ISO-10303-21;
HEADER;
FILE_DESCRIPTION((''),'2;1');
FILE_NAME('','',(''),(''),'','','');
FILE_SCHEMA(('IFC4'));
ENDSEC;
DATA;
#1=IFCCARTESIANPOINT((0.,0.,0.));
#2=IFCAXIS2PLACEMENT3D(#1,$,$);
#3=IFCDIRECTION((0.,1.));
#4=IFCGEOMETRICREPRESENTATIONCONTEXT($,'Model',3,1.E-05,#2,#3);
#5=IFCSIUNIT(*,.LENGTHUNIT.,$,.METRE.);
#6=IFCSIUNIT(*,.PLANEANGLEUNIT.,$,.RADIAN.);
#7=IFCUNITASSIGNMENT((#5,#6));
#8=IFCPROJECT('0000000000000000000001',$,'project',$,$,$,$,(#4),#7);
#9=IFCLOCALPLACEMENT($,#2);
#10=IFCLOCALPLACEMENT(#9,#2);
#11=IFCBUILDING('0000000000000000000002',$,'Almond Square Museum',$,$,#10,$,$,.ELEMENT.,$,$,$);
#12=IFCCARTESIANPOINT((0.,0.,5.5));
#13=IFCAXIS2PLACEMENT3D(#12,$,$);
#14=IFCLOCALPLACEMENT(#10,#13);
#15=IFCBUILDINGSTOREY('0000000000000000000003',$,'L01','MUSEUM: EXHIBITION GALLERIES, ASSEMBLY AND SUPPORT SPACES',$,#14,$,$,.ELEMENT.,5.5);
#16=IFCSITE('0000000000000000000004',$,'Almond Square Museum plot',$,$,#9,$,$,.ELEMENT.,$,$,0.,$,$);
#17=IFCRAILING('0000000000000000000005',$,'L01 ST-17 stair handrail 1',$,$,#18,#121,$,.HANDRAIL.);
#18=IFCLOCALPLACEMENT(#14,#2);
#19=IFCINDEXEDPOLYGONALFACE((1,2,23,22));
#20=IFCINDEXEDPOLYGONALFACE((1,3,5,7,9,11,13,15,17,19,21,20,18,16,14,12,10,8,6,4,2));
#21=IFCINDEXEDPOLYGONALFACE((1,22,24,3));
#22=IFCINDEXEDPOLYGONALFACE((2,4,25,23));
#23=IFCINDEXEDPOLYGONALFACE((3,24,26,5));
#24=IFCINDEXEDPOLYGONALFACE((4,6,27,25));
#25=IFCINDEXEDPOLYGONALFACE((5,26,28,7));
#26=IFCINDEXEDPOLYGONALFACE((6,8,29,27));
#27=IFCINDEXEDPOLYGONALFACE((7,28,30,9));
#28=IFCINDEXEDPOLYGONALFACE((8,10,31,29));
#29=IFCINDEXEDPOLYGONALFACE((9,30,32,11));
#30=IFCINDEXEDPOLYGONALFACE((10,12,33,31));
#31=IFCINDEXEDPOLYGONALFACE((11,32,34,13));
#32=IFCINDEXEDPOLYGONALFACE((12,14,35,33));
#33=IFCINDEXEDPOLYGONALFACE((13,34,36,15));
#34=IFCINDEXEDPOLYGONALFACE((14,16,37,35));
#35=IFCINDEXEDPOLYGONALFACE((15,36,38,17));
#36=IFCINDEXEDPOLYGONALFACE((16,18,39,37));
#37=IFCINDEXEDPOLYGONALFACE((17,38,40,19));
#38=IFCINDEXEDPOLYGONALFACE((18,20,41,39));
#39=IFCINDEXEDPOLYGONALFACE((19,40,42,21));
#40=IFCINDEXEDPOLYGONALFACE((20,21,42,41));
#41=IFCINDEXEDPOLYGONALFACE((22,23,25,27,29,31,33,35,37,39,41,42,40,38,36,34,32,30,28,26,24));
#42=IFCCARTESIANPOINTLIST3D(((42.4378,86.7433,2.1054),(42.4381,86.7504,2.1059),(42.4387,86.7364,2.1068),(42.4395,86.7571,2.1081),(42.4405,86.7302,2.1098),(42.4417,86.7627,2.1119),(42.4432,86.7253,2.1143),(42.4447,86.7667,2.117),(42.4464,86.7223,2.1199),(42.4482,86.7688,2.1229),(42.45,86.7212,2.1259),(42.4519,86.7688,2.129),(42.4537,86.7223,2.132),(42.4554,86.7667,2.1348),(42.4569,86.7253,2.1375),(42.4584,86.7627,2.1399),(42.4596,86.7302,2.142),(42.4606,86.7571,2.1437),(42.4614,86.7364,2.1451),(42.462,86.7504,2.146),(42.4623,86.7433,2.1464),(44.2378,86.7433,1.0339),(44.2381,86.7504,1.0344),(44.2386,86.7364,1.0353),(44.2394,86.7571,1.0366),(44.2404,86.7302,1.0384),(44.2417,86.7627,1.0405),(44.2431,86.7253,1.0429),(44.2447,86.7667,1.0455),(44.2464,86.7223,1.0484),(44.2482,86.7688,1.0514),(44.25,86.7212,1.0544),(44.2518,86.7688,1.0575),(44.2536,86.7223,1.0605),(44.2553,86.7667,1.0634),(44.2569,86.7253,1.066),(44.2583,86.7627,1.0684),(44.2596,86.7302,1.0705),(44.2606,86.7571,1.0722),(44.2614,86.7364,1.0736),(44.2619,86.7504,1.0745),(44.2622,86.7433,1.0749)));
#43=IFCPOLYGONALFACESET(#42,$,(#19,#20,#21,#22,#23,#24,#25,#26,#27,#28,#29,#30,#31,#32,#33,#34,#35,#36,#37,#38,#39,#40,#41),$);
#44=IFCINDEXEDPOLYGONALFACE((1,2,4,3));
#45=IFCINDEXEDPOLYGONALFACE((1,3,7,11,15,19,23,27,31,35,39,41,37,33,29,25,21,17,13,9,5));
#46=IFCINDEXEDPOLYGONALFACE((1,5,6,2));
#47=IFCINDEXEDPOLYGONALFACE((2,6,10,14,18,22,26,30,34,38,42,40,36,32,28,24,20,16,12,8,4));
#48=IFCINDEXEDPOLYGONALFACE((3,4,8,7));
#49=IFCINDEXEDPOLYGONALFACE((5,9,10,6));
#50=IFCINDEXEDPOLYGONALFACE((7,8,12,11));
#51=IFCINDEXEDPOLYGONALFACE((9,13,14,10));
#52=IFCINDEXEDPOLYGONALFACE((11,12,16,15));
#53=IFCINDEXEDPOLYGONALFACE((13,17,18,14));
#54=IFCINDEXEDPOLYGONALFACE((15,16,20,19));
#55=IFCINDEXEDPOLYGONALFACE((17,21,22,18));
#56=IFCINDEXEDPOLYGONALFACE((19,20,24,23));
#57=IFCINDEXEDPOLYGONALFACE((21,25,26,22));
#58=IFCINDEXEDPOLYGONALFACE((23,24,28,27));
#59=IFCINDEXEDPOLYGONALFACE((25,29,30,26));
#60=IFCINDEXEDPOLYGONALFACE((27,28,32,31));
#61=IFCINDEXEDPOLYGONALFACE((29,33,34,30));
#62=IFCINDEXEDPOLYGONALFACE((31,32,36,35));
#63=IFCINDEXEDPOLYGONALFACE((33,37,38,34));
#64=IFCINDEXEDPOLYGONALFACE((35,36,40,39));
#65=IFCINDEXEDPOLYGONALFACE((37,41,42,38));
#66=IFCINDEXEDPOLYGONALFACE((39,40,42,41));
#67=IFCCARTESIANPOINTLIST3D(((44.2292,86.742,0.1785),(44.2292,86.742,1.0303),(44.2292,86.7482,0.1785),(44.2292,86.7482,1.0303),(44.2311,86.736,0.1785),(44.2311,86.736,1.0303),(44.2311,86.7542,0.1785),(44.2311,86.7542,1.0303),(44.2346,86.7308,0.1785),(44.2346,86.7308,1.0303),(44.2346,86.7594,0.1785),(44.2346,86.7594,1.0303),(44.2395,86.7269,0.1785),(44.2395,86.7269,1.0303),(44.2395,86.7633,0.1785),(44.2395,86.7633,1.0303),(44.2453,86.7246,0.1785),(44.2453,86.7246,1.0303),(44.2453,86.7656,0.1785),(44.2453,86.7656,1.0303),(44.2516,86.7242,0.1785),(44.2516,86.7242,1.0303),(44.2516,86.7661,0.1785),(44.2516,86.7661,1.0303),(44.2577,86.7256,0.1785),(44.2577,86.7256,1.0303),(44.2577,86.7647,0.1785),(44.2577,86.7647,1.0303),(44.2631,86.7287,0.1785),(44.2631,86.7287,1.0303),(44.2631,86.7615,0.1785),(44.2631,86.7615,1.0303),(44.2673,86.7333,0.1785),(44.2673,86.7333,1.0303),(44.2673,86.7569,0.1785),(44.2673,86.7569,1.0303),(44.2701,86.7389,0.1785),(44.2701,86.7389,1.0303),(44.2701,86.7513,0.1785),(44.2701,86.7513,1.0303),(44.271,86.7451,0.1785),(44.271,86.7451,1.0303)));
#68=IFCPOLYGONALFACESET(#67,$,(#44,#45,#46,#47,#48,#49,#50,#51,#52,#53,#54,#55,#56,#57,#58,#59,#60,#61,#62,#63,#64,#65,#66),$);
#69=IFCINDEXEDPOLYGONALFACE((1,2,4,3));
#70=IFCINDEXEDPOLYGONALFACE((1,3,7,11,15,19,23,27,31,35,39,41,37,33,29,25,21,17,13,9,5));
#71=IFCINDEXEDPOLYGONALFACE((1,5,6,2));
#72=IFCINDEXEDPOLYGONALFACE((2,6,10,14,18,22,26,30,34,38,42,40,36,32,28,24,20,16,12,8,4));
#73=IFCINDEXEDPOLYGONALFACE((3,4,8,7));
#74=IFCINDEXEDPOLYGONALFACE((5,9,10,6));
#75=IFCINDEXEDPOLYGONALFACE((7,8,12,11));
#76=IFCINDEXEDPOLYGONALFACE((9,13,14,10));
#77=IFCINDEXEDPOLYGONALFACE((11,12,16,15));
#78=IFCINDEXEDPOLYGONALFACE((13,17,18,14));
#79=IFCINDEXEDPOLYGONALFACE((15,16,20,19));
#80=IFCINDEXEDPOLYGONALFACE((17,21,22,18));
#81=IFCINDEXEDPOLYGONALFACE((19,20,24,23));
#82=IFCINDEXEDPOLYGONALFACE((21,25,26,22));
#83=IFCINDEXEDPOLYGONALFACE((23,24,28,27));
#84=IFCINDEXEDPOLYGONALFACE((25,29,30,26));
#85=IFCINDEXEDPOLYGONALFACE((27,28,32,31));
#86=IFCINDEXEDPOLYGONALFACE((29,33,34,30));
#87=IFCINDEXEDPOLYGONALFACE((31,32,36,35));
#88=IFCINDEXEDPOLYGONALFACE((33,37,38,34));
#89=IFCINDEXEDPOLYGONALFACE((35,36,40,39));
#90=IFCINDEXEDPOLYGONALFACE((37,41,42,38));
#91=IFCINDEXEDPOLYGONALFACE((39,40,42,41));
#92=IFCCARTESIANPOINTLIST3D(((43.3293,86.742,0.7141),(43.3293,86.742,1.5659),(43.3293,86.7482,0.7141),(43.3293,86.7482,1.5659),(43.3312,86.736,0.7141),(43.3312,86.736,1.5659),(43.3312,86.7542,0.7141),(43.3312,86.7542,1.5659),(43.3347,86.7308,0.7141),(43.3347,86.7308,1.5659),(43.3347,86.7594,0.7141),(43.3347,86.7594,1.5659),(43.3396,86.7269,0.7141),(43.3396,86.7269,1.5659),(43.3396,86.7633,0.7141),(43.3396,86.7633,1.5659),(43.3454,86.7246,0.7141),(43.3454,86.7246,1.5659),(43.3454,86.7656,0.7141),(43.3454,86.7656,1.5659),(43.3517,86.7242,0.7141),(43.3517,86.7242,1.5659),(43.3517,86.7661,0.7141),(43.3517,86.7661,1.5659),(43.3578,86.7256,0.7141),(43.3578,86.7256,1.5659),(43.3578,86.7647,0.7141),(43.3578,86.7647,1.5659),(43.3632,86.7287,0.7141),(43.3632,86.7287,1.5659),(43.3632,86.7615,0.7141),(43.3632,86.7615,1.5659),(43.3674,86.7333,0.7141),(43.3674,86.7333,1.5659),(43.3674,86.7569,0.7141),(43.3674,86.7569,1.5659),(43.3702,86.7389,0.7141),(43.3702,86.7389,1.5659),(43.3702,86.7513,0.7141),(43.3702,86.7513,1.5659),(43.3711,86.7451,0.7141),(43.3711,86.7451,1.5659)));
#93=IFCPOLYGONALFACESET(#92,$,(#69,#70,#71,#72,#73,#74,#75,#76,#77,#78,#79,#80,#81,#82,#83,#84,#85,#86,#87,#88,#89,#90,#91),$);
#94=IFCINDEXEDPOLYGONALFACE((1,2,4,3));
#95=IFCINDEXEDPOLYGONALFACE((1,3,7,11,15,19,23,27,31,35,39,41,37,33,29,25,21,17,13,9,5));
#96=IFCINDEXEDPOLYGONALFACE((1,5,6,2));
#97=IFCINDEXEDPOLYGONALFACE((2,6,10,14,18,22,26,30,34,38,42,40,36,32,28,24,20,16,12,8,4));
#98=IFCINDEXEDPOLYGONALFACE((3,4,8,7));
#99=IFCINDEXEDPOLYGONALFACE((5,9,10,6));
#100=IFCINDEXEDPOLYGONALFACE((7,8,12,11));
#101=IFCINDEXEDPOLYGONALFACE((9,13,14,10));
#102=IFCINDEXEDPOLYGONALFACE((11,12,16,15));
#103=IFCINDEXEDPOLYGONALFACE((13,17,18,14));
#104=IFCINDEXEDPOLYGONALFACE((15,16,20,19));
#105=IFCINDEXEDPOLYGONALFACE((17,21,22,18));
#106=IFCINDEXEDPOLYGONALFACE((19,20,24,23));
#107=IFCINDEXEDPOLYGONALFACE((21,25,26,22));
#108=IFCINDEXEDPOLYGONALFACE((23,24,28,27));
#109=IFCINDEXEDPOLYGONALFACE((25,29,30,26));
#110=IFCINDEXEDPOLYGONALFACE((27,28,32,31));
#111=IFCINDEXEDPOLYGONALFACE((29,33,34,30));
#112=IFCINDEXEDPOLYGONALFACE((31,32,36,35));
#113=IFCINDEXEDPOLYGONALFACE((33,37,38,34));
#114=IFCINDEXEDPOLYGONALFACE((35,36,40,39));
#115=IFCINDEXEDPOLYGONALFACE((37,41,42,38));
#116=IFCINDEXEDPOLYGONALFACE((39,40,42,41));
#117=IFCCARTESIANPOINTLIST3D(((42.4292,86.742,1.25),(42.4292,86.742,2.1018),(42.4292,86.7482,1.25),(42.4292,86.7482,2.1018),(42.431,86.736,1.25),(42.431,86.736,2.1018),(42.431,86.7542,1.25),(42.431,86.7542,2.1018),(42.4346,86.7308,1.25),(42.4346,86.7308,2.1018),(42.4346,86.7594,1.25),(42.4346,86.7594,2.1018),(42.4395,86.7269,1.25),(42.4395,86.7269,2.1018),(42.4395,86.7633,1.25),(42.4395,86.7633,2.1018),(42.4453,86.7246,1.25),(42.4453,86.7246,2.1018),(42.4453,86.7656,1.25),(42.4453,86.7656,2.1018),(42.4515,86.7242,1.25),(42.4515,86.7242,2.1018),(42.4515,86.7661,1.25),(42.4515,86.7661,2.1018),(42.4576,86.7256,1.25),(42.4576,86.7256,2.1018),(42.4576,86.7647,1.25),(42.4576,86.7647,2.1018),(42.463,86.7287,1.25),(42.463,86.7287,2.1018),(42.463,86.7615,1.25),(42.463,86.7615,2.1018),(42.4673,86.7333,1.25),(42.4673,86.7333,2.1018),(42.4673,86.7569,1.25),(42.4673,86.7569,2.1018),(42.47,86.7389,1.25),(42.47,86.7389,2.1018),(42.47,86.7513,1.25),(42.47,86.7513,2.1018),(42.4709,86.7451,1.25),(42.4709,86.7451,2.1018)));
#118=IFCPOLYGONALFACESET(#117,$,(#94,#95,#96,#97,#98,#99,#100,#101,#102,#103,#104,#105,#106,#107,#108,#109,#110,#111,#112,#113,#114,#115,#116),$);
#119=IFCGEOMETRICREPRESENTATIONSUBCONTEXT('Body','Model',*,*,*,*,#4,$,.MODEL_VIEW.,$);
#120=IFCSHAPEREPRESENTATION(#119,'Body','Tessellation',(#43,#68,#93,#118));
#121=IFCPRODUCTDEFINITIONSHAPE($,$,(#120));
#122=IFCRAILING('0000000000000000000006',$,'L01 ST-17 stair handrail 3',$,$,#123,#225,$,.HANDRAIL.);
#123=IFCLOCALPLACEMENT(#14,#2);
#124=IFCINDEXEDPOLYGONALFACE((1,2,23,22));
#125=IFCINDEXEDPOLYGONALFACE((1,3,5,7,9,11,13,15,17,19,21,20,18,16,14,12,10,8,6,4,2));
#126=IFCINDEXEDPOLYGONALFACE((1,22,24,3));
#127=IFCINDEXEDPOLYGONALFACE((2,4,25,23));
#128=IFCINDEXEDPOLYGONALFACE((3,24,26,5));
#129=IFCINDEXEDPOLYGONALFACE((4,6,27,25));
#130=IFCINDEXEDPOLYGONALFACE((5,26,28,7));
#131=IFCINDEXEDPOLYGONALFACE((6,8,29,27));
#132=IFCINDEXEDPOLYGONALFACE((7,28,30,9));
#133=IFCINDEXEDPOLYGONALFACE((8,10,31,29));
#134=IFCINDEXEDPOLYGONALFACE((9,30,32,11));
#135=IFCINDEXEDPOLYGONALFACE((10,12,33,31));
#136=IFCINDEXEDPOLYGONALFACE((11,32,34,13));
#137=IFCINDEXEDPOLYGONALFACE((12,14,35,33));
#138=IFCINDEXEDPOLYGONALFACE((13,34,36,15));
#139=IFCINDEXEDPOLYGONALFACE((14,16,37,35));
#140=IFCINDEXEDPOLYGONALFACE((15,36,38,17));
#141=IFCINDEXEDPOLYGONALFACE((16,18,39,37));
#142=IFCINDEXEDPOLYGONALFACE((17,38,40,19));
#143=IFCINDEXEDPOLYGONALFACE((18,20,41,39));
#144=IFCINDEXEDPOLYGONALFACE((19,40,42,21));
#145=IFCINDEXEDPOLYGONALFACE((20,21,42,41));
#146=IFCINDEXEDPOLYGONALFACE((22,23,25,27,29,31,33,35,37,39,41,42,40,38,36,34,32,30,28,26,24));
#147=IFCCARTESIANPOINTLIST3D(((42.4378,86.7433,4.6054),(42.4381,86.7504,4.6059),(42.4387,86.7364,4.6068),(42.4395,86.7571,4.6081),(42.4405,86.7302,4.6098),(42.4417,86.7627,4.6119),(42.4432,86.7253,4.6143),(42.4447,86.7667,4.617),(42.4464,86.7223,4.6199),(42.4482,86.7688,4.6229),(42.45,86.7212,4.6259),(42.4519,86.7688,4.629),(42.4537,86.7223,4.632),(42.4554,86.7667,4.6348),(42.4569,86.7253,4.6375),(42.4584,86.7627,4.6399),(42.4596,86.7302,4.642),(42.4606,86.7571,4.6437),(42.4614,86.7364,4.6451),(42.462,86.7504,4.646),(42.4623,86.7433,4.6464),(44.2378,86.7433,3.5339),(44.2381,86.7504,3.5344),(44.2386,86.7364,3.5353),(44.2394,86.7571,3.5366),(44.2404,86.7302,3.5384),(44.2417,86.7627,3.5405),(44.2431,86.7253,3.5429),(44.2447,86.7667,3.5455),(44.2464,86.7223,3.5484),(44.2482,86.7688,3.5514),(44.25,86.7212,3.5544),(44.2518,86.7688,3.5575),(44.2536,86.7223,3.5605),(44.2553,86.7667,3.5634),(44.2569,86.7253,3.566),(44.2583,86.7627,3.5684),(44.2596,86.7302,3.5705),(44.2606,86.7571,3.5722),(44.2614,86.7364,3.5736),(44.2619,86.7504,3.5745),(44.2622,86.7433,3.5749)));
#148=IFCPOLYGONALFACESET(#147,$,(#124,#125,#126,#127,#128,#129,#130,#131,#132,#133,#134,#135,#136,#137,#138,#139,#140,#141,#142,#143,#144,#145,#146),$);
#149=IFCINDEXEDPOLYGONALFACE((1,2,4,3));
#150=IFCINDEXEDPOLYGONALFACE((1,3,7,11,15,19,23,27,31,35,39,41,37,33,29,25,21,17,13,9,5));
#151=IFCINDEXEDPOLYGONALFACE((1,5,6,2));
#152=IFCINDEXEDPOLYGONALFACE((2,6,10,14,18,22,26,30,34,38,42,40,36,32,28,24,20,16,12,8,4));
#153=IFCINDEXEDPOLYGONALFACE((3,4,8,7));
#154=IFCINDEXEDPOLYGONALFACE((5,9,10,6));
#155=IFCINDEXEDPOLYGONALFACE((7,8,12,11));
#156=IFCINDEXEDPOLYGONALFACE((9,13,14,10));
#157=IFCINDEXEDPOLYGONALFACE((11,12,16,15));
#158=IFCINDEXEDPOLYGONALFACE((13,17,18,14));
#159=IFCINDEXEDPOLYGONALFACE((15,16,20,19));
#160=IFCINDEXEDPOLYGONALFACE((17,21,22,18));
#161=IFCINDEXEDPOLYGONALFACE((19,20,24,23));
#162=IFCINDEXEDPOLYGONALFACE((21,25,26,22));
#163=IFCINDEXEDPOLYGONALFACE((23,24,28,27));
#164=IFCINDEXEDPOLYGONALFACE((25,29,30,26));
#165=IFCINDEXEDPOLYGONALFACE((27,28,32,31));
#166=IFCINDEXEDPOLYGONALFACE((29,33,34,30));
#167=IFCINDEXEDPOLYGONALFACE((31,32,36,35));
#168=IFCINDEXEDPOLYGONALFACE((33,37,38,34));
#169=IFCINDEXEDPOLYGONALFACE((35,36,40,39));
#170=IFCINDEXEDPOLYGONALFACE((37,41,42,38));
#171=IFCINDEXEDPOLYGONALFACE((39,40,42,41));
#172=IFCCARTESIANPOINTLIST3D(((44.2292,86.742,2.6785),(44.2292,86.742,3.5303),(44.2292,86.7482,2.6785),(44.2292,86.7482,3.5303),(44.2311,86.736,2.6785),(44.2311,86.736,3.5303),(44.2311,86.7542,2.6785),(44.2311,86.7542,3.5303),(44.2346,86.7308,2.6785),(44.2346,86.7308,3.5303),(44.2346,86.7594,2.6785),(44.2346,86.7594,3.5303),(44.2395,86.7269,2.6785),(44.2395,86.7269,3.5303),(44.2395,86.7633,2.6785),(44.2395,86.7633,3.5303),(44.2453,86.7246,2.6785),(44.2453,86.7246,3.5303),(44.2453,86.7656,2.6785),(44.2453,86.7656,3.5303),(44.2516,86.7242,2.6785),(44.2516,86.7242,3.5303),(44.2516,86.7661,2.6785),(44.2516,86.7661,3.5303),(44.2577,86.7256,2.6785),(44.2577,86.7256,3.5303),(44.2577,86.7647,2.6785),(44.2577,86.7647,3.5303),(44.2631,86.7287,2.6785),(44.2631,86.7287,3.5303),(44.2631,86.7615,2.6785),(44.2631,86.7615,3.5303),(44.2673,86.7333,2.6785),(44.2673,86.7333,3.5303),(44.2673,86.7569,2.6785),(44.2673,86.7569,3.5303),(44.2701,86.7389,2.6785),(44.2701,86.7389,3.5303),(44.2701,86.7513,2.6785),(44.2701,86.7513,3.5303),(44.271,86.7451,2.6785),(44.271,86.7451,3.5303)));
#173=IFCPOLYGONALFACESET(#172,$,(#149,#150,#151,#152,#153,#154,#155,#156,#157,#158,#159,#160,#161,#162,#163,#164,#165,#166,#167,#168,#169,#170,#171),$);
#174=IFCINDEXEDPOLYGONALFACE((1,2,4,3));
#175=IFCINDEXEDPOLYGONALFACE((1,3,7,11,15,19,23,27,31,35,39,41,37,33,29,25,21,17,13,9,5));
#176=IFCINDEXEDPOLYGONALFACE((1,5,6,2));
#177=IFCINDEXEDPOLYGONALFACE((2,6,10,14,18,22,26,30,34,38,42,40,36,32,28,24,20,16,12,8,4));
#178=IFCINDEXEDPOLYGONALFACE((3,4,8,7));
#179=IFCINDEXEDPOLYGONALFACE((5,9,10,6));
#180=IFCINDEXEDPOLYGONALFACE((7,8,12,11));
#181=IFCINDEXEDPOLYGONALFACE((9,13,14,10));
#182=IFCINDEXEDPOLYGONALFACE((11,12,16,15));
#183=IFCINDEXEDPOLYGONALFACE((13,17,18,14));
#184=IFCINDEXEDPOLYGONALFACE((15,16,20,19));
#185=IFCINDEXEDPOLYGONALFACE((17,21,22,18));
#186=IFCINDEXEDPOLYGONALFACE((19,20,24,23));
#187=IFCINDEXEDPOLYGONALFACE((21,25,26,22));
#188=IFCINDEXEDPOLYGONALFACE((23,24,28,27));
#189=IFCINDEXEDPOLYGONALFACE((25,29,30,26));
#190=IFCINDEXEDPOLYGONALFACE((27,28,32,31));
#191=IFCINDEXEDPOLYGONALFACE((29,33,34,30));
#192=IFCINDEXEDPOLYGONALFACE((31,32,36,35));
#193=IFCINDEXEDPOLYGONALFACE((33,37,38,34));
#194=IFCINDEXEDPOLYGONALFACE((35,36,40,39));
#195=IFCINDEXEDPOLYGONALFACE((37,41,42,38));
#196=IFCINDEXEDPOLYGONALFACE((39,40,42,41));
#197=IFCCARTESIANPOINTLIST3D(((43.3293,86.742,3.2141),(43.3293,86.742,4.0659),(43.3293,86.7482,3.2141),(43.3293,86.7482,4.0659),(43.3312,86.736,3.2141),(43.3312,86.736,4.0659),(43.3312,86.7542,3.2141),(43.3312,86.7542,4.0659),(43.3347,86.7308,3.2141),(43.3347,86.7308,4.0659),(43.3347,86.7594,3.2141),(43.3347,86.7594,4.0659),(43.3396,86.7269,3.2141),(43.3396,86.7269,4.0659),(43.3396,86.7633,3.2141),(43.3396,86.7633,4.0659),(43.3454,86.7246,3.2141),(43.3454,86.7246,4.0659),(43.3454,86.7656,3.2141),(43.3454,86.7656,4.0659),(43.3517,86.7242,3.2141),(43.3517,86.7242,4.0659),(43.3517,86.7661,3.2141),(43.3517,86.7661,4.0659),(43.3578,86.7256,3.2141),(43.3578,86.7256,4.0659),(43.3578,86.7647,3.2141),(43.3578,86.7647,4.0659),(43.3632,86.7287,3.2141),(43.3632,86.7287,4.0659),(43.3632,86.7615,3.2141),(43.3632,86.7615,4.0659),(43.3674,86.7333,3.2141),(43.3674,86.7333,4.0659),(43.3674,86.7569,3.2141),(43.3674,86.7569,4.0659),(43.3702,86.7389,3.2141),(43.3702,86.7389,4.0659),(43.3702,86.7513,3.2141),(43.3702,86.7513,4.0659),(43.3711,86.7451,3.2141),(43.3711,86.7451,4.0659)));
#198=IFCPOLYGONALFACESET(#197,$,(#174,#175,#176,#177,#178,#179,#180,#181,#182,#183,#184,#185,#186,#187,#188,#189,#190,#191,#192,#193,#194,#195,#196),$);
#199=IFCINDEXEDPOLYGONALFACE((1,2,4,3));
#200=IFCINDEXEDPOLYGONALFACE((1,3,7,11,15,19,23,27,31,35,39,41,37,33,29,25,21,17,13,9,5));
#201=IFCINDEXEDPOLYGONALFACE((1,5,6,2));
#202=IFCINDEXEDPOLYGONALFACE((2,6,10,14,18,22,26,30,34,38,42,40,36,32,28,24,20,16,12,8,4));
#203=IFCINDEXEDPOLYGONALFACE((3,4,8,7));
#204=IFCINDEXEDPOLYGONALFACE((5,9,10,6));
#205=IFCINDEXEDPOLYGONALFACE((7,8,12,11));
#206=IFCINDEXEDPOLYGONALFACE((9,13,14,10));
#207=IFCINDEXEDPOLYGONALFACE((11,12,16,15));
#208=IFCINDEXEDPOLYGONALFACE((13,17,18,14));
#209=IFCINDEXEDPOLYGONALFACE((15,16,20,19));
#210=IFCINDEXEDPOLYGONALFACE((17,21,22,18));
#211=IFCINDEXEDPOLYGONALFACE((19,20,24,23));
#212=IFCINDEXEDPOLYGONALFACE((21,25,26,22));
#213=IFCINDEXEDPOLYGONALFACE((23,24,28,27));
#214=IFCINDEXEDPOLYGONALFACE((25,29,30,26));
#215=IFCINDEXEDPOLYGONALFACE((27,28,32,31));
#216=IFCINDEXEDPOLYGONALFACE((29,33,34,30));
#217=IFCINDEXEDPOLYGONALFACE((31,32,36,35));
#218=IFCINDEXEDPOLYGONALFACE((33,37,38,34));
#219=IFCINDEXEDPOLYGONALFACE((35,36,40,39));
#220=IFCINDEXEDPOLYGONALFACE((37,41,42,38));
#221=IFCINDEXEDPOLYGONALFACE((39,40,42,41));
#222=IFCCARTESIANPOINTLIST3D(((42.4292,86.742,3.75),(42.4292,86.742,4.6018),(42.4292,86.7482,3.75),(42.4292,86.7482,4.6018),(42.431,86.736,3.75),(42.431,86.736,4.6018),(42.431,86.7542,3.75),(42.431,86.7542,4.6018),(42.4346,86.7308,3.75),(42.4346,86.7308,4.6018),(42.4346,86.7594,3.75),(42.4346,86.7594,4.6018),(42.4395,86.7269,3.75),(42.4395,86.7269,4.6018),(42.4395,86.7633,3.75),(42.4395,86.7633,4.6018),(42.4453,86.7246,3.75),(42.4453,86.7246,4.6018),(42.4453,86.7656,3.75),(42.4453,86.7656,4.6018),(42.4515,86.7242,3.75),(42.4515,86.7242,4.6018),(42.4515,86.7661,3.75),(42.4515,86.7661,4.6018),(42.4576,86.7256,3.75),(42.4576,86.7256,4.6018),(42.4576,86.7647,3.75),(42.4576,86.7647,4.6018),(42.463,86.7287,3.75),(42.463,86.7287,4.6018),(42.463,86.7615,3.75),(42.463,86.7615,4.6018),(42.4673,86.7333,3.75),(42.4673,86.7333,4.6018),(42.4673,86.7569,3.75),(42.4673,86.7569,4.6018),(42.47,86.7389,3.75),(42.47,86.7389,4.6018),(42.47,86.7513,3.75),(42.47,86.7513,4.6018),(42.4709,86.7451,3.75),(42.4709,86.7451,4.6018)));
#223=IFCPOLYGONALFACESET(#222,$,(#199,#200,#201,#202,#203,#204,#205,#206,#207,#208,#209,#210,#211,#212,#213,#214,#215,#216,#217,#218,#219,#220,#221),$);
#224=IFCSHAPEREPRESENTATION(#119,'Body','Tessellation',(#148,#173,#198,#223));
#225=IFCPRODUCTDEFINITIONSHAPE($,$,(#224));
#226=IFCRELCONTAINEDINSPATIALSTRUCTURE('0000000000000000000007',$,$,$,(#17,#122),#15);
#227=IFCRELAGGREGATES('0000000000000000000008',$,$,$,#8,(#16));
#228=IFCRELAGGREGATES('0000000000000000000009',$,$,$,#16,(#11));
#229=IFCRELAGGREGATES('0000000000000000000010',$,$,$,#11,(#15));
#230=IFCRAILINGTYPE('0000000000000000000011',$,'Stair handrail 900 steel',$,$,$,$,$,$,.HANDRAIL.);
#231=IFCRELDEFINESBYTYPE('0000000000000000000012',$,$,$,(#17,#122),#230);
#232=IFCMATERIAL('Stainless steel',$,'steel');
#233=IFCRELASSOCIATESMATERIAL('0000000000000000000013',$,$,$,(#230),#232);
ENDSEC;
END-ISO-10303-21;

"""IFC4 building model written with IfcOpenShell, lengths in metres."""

from ifc_helpers import new_model, si_unit, direction, frame, origin, origin_2d, place, context, subcontext, project, spatial, circle, extrude, material, type_object, element, save


model = new_model("IFC4")

# Units and contexts
model_context = context("Model", 3, precision=1e-05, world=origin(), true_north=direction((0.0, 1.0)))
body_context = subcontext(model_context, "Body", "Model", "MODEL_VIEW")
ifc_project = project(units=[si_unit("LENGTHUNIT", "METRE"), si_unit("PLANEANGLEUNIT", "RADIAN")], contexts=[model_context])

# Site, building, storey
site_placement = place(None, origin())
site = spatial("IfcSite", under=ifc_project, at=site_placement, Name="Almond Square Museum plot", CompositionType="ELEMENT", RefElevation=0.0)
building_placement = place(site_placement, origin())
building = spatial("IfcBuilding", under=site, at=building_placement, Name="Almond Square Museum", CompositionType="ELEMENT")
storey_placement = place(building_placement, frame((0.0, 0.0, 5.5)))
storey = spatial("IfcBuildingStorey", under=building, at=storey_placement, Name="L01", Description="MUSEUM: EXHIBITION GALLERIES, ASSEMBLY AND SUPPORT SPACES", CompositionType="ELEMENT", Elevation=5.5)

# Railings
ifc_material_1 = material(Name="Stainless steel", Category="steel")
railing_type_1 = type_object("IfcRailingType", Name="Stair handrail 900 steel", PredefinedType="HANDRAIL", material=ifc_material_1)
for number, where, name in (
    (1, (44.25, 86.7451, 0.1785), "L01 ST-17 stair handrail 1"),
    (2, (44.25, 86.7451, 2.6785), "L01 ST-17 stair handrail 3"),
):
    element("IfcRailing", number, at=place(storey_placement, frame(where)), inside=storey, type_object=railing_type_1, Name=name, PredefinedType="HANDRAIL", context=body_context, shape_type="SweptSolid", body=[
        extrude(circle(Radius=0.0239, at=origin_2d()), frame((0.0, 0.0, 0.876), z_axis=(-0.859277, 0.0, 0.51151), x_axis=(0.0, -1.0, 0.0)), (0.0, 0.0, 1.0), 2.0947),
        extrude(circle(Radius=0.021, at=origin_2d()), origin(), (0.0, 0.0, 1.0), 0.8518),
        extrude(circle(Radius=0.021, at=origin_2d()), frame((-0.8999, 0.0, 0.5356)), (0.0, 0.0, 1.0), 0.8518),
        extrude(circle(Radius=0.021, at=origin_2d()), frame((-1.8, 0.0, 1.0715)), (0.0, 0.0, 1.0), 0.8518),
    ])

save(model, "model.ifc")
